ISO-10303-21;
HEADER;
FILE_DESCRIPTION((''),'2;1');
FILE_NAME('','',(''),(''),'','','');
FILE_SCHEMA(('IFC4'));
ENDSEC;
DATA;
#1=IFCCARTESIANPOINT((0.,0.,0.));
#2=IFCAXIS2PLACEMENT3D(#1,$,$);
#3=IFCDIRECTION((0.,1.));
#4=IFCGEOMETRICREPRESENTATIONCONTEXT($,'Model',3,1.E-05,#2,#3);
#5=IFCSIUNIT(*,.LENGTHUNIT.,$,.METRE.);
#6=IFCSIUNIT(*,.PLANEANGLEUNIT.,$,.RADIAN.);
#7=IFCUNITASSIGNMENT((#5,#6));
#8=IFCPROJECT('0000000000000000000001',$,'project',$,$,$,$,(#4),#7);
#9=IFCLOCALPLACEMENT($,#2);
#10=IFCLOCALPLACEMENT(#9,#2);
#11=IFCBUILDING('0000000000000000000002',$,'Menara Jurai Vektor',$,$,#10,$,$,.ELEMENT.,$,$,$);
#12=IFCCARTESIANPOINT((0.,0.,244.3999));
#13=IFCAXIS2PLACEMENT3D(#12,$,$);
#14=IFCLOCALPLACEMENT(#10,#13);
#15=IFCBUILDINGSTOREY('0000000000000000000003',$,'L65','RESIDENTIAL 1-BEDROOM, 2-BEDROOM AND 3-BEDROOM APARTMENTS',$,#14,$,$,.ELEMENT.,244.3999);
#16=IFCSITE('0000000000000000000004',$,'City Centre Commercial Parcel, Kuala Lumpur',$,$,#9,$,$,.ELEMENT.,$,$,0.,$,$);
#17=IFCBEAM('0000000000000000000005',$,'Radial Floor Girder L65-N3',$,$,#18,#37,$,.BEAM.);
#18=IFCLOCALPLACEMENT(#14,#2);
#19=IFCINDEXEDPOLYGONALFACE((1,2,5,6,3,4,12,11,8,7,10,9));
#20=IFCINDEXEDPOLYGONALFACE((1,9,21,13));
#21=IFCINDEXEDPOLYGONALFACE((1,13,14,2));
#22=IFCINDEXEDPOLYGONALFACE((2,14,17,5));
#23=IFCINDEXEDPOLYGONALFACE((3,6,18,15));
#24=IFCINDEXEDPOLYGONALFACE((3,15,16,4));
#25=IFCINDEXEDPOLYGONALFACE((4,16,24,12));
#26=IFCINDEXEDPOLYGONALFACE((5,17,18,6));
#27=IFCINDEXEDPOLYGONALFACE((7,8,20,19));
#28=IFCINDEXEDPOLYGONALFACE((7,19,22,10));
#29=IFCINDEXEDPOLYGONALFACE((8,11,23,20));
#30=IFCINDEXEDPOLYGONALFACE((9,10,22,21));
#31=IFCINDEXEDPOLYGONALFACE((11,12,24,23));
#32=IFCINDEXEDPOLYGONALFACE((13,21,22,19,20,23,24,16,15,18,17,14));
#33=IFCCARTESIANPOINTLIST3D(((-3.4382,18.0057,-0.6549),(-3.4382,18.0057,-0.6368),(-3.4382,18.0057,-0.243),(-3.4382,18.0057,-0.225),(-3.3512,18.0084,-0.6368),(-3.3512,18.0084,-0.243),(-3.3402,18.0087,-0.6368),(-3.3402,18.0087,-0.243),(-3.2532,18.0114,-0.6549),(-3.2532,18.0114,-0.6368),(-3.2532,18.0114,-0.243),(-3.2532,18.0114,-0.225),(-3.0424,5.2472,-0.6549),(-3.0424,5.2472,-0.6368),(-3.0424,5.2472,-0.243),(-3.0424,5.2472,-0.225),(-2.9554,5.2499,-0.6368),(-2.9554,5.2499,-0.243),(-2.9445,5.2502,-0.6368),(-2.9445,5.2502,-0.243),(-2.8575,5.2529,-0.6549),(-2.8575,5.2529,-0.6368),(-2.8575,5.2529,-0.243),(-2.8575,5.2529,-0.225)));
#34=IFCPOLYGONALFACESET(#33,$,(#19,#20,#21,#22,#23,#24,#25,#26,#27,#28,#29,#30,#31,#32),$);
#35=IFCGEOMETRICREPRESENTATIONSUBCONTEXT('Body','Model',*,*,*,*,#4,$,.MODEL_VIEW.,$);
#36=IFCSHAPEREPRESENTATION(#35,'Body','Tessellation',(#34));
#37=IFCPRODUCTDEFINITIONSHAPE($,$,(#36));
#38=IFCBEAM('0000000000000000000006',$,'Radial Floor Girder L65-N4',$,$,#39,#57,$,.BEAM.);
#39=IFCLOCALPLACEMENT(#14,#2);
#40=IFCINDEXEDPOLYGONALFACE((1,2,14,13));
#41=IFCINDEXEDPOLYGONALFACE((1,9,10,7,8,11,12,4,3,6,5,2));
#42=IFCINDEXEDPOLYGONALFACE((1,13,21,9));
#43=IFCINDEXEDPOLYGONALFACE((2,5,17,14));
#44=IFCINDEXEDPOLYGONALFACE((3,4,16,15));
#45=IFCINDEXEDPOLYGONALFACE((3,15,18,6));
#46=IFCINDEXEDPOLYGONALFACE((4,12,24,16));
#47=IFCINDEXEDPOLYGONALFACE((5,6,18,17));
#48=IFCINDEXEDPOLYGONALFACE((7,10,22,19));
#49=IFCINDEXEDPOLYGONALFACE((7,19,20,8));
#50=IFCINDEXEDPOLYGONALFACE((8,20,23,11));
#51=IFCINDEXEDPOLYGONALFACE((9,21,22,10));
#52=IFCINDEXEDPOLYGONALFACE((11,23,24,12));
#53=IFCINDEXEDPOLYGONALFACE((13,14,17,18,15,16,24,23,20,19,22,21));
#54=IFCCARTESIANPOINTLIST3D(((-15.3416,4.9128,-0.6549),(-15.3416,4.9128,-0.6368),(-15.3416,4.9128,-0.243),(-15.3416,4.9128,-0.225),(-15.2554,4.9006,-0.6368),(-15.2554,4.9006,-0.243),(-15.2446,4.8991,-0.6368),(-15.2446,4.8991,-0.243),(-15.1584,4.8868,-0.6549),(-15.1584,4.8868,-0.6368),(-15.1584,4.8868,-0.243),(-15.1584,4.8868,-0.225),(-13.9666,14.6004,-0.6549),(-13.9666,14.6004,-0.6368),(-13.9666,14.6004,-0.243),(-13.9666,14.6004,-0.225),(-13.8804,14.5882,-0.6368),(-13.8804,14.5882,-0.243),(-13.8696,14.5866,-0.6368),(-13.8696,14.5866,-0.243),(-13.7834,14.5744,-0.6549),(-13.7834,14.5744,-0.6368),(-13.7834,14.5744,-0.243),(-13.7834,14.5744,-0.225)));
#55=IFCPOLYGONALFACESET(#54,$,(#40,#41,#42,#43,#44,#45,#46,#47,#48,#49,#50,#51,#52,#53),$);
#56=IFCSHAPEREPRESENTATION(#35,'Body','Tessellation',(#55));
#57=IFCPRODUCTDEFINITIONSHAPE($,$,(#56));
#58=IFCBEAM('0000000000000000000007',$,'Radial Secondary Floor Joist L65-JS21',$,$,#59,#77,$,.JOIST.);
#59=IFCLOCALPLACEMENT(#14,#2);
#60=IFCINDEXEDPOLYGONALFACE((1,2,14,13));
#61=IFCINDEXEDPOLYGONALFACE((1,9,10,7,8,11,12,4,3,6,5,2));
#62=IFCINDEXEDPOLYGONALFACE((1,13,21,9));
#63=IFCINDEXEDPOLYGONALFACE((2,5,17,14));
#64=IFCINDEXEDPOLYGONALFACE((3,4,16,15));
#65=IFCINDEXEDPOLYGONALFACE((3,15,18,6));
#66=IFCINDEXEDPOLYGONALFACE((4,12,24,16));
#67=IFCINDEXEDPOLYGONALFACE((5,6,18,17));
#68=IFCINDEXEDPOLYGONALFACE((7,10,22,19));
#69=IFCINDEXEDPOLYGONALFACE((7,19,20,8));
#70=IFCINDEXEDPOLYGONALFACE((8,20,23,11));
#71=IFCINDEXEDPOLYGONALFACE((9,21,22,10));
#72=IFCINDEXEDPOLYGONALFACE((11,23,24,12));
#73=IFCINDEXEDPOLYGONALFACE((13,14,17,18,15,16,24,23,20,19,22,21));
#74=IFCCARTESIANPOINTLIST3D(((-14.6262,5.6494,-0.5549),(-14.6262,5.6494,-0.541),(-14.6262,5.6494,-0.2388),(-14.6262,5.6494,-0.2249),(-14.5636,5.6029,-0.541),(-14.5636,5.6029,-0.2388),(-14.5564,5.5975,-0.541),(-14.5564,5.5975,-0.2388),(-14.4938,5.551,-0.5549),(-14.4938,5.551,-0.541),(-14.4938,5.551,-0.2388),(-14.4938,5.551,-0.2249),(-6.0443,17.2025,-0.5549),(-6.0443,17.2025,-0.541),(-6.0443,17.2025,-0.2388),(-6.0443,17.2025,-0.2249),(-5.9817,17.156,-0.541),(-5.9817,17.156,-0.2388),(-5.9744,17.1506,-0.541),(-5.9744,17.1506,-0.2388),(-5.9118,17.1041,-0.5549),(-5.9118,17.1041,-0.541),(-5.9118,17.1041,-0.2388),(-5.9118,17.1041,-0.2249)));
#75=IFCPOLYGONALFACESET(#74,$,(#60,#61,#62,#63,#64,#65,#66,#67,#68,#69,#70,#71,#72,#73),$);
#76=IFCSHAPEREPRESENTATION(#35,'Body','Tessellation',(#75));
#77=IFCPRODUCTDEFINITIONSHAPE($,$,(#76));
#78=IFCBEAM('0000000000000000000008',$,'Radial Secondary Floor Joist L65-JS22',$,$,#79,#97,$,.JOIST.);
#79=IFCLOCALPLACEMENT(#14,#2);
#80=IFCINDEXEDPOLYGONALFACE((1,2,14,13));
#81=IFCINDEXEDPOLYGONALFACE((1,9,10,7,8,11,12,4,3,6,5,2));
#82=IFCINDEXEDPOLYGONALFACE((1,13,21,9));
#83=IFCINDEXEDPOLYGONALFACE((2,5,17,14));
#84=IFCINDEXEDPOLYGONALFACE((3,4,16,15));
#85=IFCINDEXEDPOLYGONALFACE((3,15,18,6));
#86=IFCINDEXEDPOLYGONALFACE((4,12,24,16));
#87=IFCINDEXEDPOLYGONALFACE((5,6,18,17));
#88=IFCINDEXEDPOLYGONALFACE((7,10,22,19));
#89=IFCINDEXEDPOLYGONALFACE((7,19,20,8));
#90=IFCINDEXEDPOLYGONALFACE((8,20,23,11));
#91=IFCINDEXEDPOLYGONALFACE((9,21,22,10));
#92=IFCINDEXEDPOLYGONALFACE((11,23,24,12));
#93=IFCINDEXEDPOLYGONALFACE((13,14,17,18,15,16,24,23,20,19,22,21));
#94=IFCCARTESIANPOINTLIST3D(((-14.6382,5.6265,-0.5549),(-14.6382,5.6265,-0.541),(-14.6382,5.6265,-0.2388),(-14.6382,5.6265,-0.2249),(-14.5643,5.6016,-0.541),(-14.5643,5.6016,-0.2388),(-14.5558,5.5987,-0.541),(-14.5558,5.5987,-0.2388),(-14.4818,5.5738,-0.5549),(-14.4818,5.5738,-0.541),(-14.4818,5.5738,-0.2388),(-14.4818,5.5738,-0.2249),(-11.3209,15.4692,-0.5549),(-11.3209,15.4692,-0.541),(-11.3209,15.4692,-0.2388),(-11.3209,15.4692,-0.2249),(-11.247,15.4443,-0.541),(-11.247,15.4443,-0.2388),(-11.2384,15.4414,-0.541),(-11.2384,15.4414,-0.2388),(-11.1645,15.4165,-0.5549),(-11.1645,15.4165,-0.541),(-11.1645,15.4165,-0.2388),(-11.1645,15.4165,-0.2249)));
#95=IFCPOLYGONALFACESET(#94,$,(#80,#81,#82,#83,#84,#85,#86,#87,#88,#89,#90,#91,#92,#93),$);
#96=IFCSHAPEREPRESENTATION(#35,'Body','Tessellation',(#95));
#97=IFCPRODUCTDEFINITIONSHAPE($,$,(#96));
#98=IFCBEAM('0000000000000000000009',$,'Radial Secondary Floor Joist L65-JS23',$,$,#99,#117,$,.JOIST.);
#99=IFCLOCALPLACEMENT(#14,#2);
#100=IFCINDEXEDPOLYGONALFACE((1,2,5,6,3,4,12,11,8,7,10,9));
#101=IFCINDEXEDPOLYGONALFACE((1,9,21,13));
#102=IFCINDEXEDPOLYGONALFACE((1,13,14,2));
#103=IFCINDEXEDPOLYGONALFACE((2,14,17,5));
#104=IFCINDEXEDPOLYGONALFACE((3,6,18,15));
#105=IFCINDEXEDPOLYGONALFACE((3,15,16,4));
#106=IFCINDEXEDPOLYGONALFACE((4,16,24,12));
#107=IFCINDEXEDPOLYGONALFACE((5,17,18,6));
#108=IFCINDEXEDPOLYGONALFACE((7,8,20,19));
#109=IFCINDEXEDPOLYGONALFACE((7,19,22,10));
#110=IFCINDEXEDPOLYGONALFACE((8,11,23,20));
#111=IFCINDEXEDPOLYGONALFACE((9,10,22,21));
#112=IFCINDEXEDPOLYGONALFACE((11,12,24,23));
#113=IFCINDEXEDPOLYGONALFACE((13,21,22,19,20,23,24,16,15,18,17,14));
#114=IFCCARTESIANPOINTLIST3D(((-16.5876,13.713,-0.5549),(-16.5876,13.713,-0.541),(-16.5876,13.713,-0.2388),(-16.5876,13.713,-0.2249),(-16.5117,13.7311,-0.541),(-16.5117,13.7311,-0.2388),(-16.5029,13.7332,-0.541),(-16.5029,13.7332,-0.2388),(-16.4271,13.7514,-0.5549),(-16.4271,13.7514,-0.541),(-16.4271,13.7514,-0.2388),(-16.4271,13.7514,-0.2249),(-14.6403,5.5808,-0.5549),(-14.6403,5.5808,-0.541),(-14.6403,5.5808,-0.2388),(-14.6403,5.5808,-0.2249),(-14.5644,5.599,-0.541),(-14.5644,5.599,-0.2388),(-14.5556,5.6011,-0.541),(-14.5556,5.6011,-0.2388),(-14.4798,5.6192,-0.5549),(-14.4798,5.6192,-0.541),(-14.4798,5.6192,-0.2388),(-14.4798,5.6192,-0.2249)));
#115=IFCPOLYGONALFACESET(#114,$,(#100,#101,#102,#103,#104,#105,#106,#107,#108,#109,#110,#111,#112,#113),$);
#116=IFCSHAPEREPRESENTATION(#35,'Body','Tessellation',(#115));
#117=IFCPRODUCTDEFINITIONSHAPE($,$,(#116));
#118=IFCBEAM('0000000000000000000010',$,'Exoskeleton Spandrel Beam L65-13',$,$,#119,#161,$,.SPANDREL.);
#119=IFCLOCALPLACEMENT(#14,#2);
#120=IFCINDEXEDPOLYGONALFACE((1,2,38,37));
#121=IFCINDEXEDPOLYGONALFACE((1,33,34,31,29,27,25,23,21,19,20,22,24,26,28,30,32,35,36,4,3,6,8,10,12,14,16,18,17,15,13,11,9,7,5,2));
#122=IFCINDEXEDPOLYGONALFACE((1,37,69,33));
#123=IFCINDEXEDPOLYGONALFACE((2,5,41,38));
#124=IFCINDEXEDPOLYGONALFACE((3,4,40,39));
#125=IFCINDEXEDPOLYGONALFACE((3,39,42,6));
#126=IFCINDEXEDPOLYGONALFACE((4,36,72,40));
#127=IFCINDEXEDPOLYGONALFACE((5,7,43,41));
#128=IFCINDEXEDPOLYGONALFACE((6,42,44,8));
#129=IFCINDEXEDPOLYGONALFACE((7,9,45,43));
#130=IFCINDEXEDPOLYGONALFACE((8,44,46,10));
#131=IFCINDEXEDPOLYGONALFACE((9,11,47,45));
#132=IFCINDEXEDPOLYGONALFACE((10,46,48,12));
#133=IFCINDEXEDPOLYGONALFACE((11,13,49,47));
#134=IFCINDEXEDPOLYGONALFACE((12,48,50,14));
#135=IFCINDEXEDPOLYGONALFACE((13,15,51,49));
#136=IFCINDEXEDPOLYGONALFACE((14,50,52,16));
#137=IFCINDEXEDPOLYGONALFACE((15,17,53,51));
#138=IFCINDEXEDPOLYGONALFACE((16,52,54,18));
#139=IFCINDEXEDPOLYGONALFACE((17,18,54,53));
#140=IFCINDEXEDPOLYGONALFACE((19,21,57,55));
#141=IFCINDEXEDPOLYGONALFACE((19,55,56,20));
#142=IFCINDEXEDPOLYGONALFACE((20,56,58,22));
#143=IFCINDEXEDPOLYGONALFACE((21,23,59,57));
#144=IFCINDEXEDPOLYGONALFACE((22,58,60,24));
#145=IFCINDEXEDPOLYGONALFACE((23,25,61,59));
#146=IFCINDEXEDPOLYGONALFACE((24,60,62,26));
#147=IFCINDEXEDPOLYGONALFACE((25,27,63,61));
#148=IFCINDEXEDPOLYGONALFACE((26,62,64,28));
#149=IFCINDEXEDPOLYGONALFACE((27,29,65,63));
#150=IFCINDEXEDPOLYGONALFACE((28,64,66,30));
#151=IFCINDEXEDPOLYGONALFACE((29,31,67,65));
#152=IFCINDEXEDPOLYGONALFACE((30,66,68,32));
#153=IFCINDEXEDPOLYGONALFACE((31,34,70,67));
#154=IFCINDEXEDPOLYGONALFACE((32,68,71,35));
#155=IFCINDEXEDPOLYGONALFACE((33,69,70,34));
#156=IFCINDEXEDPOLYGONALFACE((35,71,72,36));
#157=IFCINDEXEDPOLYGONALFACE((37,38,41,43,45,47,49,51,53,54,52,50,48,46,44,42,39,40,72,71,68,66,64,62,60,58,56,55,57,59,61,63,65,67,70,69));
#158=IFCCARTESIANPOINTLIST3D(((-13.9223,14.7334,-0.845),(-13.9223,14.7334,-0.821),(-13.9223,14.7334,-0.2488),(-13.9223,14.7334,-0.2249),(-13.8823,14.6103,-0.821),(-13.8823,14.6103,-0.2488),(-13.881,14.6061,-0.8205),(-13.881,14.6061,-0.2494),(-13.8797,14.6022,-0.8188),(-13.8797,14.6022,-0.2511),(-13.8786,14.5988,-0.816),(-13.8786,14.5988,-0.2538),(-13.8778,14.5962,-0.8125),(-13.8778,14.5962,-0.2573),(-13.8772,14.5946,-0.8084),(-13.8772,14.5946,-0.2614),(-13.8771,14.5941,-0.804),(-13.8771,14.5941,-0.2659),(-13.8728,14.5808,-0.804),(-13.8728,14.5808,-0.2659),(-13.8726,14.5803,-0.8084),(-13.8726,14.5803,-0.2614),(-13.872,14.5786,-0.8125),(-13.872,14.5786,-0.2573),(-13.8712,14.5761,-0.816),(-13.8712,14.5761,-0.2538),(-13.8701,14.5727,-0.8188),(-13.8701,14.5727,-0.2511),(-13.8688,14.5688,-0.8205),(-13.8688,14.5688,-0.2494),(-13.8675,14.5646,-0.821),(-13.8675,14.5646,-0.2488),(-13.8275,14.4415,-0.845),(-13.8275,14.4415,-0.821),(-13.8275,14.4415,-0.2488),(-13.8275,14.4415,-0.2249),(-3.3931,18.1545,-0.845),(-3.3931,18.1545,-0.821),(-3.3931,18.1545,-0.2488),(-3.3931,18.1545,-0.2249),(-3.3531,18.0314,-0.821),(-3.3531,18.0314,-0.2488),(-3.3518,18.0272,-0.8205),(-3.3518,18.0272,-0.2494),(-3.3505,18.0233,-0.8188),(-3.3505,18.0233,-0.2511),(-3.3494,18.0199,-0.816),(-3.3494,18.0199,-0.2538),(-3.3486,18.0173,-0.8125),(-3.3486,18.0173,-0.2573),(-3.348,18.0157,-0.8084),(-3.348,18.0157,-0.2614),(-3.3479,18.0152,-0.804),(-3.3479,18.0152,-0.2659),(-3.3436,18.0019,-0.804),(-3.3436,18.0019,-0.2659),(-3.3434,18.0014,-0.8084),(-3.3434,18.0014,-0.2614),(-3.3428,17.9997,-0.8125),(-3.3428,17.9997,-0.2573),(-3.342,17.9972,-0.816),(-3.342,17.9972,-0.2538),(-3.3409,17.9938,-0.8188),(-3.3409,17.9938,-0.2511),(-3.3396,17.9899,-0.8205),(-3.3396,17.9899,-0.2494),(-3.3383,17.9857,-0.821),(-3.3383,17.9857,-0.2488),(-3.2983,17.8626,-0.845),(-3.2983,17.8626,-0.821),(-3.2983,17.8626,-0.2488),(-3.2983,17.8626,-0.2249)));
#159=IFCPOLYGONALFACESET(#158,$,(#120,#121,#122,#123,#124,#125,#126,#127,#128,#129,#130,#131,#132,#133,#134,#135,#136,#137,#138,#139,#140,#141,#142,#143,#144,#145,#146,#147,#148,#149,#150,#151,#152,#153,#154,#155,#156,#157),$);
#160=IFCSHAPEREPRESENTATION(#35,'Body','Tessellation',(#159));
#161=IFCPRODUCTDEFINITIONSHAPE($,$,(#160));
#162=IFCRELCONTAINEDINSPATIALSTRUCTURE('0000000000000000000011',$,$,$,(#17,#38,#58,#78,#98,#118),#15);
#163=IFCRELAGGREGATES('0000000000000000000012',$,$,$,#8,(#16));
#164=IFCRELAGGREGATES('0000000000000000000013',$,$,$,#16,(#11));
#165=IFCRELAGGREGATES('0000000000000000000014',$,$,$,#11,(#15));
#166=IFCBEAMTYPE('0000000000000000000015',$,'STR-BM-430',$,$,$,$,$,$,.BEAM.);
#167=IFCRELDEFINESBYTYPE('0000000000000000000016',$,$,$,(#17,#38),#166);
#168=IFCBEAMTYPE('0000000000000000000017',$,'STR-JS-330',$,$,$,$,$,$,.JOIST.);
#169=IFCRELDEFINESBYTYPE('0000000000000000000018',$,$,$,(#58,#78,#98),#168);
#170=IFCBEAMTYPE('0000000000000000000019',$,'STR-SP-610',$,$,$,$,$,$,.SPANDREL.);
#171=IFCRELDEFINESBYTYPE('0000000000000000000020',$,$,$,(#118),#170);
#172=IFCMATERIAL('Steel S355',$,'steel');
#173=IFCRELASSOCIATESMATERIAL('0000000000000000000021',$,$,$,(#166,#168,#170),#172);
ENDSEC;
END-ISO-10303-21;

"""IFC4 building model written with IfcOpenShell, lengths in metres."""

from ifc_helpers import new_model, si_unit, direction, frame, origin, origin_2d, place, context, subcontext, project, spatial, i_section, extrude, material, material_profile, profile_set, type_object, element, save


model = new_model("IFC4")

# Units and contexts
model_context = context("Model", 3, precision=1e-05, world=origin(), true_north=direction((0.0, 1.0)))
body_context = subcontext(model_context, "Body", "Model", "MODEL_VIEW")
ifc_project = project(units=[si_unit("LENGTHUNIT", "METRE"), si_unit("PLANEANGLEUNIT", "RADIAN")], contexts=[model_context])

# Site, building, storey
site_placement = place(None, origin())
site = spatial("IfcSite", under=ifc_project, at=site_placement, Name="City Centre Commercial Parcel, Kuala Lumpur", CompositionType="ELEMENT", RefElevation=0.0)
building_placement = place(site_placement, origin())
building = spatial("IfcBuilding", under=site, at=building_placement, Name="Menara Jurai Vektor", CompositionType="ELEMENT")
storey_placement = place(building_placement, frame((0.0, 0.0, 244.3999)))
storey = spatial("IfcBuildingStorey", under=building, at=storey_placement, Name="L65", Description="RESIDENTIAL 1-BEDROOM, 2-BEDROOM AND 3-BEDROOM APARTMENTS", CompositionType="ELEMENT", Elevation=244.3999)

# Beams
ifc_material_1 = material(Name="Steel S355", Category="steel")
ifc_material_profile_1 = material_profile(ifc_material_1, i_section(OverallWidth=0.1851, OverallDepth=0.4299, WebThickness=0.011, FlangeThickness=0.0181, at=origin_2d()), Name="PG 430x185x76")
ifc_profile_set_1 = profile_set([ifc_material_profile_1], Name="Steel S355")
beam_type_1 = type_object("IfcBeamType", Name="STR-BM-430", PredefinedType="BEAM", material=ifc_profile_set_1)
beam_1_placement = place(storey_placement, frame((-3.3457, 18.0085, -0.4399), z_axis=(0.031004, -0.999519, 0.0), x_axis=(0.999519, 0.031004, 0.0)))
element("IfcBeam", 1, at=beam_1_placement, inside=storey, type_object=beam_type_1, Name="Radial Floor Girder L65-N3", PredefinedType="BEAM", context=body_context, shape_type="SweptSolid", body=[
    extrude(i_section(OverallWidth=0.1851, OverallDepth=0.4299, WebThickness=0.011, FlangeThickness=0.0181, at=origin_2d()), origin(), (0.0, 0.0, 1.0), 12.7646),
])
beam_2_placement = place(storey_placement, frame((-13.875, 14.5874, -0.4399), z_axis=(-0.140527, -0.990077, 0.0), x_axis=(0.990077, -0.140527, 0.0)))
element("IfcBeam", 2, at=beam_2_placement, inside=storey, type_object=beam_type_1, Name="Radial Floor Girder L65-N4", PredefinedType="BEAM", context=body_context, shape_type="SweptSolid", body=[
    extrude(i_section(OverallWidth=0.1851, OverallDepth=0.4299, WebThickness=0.011, FlangeThickness=0.0181, at=origin_2d()), origin(), (0.0, 0.0, 1.0), 9.7847),
])
ifc_material_profile_2 = material_profile(ifc_material_1, i_section(OverallWidth=0.165, OverallDepth=0.3301, WebThickness=0.009, FlangeThickness=0.0139, at=origin_2d()), Name="PG 330x165x46")
ifc_profile_set_2 = profile_set([ifc_material_profile_2], Name="Steel S355")
beam_type_2 = type_object("IfcBeamType", Name="STR-JS-330", PredefinedType="JOIST", material=ifc_profile_set_2)
beam_3_placement = place(storey_placement, frame((-5.978, 17.1533, -0.3899), z_axis=(-0.596308, -0.802756, 0.0), x_axis=(0.802756, -0.596308, 0.0)))
element("IfcBeam", 3, at=beam_3_placement, inside=storey, type_object=beam_type_2, Name="Radial Secondary Floor Joist L65-JS21", PredefinedType="JOIST", context=body_context, shape_type="SweptSolid", body=[
    extrude(i_section(OverallWidth=0.165, OverallDepth=0.3301, WebThickness=0.009, FlangeThickness=0.0139, at=origin_2d()), origin(), (0.0, 0.0, 1.0), 14.3918),
])
beam_4_placement = place(storey_placement, frame((-11.2427, 15.4429, -0.3899), z_axis=(-0.319385, -0.947625, 0.0), x_axis=(0.947625, -0.319385, 0.0)))
element("IfcBeam", 4, at=beam_4_placement, inside=storey, type_object=beam_type_2, Name="Radial Secondary Floor Joist L65-JS22", PredefinedType="JOIST", context=body_context, shape_type="SweptSolid", body=[
    extrude(i_section(OverallWidth=0.165, OverallDepth=0.3301, WebThickness=0.009, FlangeThickness=0.0139, at=origin_2d()), origin(), (0.0, 0.0, 1.0), 10.3867),
])
beam_5_placement = place(storey_placement, frame((-16.5073, 13.7322, -0.3899), z_axis=(0.232872, -0.972507, 0.0), x_axis=(0.972507, 0.232872, 0.0)))
element("IfcBeam", 5, at=beam_5_placement, inside=storey, type_object=beam_type_2, Name="Radial Secondary Floor Joist L65-JS23", PredefinedType="JOIST", context=body_context, shape_type="SweptSolid", body=[
    extrude(i_section(OverallWidth=0.165, OverallDepth=0.3301, WebThickness=0.009, FlangeThickness=0.0139, at=origin_2d()), origin(), (0.0, 0.0, 1.0), 8.3621),
])
ifc_material_profile_3 = material_profile(ifc_material_1, i_section(OverallWidth=0.3069, OverallDepth=0.6201, WebThickness=0.0139, FlangeThickness=0.0239, FilletRadius=0.0171, at=origin_2d()), Name="UKB 610x305x179")
ifc_profile_set_3 = profile_set([ifc_material_profile_3], Name="Steel S355")
beam_type_3 = type_object("IfcBeamType", Name="STR-SP-610", PredefinedType="SPANDREL", material=ifc_profile_set_3)
for number, where, z_axis, x_axis, name in (
    (6, (-3.3457, 18.0085, -0.5349), (-0.951057, -0.309014, 0.0), (0.309014, -0.951057, 0.0), "Exoskeleton Spandrel Beam L65-13"),
):
    element("IfcBeam", number, at=place(storey_placement, frame(where, z_axis=z_axis, x_axis=x_axis)), inside=storey, type_object=beam_type_3, Name=name, PredefinedType="SPANDREL", context=body_context, shape_type="SweptSolid", body=[
        extrude(i_section(OverallWidth=0.3069, OverallDepth=0.6201, WebThickness=0.0139, FlangeThickness=0.0239, FilletRadius=0.0171, at=origin_2d()), origin(), (0.0, 0.0, 1.0), 11.071),
    ])

save(model, "model.ifc")
